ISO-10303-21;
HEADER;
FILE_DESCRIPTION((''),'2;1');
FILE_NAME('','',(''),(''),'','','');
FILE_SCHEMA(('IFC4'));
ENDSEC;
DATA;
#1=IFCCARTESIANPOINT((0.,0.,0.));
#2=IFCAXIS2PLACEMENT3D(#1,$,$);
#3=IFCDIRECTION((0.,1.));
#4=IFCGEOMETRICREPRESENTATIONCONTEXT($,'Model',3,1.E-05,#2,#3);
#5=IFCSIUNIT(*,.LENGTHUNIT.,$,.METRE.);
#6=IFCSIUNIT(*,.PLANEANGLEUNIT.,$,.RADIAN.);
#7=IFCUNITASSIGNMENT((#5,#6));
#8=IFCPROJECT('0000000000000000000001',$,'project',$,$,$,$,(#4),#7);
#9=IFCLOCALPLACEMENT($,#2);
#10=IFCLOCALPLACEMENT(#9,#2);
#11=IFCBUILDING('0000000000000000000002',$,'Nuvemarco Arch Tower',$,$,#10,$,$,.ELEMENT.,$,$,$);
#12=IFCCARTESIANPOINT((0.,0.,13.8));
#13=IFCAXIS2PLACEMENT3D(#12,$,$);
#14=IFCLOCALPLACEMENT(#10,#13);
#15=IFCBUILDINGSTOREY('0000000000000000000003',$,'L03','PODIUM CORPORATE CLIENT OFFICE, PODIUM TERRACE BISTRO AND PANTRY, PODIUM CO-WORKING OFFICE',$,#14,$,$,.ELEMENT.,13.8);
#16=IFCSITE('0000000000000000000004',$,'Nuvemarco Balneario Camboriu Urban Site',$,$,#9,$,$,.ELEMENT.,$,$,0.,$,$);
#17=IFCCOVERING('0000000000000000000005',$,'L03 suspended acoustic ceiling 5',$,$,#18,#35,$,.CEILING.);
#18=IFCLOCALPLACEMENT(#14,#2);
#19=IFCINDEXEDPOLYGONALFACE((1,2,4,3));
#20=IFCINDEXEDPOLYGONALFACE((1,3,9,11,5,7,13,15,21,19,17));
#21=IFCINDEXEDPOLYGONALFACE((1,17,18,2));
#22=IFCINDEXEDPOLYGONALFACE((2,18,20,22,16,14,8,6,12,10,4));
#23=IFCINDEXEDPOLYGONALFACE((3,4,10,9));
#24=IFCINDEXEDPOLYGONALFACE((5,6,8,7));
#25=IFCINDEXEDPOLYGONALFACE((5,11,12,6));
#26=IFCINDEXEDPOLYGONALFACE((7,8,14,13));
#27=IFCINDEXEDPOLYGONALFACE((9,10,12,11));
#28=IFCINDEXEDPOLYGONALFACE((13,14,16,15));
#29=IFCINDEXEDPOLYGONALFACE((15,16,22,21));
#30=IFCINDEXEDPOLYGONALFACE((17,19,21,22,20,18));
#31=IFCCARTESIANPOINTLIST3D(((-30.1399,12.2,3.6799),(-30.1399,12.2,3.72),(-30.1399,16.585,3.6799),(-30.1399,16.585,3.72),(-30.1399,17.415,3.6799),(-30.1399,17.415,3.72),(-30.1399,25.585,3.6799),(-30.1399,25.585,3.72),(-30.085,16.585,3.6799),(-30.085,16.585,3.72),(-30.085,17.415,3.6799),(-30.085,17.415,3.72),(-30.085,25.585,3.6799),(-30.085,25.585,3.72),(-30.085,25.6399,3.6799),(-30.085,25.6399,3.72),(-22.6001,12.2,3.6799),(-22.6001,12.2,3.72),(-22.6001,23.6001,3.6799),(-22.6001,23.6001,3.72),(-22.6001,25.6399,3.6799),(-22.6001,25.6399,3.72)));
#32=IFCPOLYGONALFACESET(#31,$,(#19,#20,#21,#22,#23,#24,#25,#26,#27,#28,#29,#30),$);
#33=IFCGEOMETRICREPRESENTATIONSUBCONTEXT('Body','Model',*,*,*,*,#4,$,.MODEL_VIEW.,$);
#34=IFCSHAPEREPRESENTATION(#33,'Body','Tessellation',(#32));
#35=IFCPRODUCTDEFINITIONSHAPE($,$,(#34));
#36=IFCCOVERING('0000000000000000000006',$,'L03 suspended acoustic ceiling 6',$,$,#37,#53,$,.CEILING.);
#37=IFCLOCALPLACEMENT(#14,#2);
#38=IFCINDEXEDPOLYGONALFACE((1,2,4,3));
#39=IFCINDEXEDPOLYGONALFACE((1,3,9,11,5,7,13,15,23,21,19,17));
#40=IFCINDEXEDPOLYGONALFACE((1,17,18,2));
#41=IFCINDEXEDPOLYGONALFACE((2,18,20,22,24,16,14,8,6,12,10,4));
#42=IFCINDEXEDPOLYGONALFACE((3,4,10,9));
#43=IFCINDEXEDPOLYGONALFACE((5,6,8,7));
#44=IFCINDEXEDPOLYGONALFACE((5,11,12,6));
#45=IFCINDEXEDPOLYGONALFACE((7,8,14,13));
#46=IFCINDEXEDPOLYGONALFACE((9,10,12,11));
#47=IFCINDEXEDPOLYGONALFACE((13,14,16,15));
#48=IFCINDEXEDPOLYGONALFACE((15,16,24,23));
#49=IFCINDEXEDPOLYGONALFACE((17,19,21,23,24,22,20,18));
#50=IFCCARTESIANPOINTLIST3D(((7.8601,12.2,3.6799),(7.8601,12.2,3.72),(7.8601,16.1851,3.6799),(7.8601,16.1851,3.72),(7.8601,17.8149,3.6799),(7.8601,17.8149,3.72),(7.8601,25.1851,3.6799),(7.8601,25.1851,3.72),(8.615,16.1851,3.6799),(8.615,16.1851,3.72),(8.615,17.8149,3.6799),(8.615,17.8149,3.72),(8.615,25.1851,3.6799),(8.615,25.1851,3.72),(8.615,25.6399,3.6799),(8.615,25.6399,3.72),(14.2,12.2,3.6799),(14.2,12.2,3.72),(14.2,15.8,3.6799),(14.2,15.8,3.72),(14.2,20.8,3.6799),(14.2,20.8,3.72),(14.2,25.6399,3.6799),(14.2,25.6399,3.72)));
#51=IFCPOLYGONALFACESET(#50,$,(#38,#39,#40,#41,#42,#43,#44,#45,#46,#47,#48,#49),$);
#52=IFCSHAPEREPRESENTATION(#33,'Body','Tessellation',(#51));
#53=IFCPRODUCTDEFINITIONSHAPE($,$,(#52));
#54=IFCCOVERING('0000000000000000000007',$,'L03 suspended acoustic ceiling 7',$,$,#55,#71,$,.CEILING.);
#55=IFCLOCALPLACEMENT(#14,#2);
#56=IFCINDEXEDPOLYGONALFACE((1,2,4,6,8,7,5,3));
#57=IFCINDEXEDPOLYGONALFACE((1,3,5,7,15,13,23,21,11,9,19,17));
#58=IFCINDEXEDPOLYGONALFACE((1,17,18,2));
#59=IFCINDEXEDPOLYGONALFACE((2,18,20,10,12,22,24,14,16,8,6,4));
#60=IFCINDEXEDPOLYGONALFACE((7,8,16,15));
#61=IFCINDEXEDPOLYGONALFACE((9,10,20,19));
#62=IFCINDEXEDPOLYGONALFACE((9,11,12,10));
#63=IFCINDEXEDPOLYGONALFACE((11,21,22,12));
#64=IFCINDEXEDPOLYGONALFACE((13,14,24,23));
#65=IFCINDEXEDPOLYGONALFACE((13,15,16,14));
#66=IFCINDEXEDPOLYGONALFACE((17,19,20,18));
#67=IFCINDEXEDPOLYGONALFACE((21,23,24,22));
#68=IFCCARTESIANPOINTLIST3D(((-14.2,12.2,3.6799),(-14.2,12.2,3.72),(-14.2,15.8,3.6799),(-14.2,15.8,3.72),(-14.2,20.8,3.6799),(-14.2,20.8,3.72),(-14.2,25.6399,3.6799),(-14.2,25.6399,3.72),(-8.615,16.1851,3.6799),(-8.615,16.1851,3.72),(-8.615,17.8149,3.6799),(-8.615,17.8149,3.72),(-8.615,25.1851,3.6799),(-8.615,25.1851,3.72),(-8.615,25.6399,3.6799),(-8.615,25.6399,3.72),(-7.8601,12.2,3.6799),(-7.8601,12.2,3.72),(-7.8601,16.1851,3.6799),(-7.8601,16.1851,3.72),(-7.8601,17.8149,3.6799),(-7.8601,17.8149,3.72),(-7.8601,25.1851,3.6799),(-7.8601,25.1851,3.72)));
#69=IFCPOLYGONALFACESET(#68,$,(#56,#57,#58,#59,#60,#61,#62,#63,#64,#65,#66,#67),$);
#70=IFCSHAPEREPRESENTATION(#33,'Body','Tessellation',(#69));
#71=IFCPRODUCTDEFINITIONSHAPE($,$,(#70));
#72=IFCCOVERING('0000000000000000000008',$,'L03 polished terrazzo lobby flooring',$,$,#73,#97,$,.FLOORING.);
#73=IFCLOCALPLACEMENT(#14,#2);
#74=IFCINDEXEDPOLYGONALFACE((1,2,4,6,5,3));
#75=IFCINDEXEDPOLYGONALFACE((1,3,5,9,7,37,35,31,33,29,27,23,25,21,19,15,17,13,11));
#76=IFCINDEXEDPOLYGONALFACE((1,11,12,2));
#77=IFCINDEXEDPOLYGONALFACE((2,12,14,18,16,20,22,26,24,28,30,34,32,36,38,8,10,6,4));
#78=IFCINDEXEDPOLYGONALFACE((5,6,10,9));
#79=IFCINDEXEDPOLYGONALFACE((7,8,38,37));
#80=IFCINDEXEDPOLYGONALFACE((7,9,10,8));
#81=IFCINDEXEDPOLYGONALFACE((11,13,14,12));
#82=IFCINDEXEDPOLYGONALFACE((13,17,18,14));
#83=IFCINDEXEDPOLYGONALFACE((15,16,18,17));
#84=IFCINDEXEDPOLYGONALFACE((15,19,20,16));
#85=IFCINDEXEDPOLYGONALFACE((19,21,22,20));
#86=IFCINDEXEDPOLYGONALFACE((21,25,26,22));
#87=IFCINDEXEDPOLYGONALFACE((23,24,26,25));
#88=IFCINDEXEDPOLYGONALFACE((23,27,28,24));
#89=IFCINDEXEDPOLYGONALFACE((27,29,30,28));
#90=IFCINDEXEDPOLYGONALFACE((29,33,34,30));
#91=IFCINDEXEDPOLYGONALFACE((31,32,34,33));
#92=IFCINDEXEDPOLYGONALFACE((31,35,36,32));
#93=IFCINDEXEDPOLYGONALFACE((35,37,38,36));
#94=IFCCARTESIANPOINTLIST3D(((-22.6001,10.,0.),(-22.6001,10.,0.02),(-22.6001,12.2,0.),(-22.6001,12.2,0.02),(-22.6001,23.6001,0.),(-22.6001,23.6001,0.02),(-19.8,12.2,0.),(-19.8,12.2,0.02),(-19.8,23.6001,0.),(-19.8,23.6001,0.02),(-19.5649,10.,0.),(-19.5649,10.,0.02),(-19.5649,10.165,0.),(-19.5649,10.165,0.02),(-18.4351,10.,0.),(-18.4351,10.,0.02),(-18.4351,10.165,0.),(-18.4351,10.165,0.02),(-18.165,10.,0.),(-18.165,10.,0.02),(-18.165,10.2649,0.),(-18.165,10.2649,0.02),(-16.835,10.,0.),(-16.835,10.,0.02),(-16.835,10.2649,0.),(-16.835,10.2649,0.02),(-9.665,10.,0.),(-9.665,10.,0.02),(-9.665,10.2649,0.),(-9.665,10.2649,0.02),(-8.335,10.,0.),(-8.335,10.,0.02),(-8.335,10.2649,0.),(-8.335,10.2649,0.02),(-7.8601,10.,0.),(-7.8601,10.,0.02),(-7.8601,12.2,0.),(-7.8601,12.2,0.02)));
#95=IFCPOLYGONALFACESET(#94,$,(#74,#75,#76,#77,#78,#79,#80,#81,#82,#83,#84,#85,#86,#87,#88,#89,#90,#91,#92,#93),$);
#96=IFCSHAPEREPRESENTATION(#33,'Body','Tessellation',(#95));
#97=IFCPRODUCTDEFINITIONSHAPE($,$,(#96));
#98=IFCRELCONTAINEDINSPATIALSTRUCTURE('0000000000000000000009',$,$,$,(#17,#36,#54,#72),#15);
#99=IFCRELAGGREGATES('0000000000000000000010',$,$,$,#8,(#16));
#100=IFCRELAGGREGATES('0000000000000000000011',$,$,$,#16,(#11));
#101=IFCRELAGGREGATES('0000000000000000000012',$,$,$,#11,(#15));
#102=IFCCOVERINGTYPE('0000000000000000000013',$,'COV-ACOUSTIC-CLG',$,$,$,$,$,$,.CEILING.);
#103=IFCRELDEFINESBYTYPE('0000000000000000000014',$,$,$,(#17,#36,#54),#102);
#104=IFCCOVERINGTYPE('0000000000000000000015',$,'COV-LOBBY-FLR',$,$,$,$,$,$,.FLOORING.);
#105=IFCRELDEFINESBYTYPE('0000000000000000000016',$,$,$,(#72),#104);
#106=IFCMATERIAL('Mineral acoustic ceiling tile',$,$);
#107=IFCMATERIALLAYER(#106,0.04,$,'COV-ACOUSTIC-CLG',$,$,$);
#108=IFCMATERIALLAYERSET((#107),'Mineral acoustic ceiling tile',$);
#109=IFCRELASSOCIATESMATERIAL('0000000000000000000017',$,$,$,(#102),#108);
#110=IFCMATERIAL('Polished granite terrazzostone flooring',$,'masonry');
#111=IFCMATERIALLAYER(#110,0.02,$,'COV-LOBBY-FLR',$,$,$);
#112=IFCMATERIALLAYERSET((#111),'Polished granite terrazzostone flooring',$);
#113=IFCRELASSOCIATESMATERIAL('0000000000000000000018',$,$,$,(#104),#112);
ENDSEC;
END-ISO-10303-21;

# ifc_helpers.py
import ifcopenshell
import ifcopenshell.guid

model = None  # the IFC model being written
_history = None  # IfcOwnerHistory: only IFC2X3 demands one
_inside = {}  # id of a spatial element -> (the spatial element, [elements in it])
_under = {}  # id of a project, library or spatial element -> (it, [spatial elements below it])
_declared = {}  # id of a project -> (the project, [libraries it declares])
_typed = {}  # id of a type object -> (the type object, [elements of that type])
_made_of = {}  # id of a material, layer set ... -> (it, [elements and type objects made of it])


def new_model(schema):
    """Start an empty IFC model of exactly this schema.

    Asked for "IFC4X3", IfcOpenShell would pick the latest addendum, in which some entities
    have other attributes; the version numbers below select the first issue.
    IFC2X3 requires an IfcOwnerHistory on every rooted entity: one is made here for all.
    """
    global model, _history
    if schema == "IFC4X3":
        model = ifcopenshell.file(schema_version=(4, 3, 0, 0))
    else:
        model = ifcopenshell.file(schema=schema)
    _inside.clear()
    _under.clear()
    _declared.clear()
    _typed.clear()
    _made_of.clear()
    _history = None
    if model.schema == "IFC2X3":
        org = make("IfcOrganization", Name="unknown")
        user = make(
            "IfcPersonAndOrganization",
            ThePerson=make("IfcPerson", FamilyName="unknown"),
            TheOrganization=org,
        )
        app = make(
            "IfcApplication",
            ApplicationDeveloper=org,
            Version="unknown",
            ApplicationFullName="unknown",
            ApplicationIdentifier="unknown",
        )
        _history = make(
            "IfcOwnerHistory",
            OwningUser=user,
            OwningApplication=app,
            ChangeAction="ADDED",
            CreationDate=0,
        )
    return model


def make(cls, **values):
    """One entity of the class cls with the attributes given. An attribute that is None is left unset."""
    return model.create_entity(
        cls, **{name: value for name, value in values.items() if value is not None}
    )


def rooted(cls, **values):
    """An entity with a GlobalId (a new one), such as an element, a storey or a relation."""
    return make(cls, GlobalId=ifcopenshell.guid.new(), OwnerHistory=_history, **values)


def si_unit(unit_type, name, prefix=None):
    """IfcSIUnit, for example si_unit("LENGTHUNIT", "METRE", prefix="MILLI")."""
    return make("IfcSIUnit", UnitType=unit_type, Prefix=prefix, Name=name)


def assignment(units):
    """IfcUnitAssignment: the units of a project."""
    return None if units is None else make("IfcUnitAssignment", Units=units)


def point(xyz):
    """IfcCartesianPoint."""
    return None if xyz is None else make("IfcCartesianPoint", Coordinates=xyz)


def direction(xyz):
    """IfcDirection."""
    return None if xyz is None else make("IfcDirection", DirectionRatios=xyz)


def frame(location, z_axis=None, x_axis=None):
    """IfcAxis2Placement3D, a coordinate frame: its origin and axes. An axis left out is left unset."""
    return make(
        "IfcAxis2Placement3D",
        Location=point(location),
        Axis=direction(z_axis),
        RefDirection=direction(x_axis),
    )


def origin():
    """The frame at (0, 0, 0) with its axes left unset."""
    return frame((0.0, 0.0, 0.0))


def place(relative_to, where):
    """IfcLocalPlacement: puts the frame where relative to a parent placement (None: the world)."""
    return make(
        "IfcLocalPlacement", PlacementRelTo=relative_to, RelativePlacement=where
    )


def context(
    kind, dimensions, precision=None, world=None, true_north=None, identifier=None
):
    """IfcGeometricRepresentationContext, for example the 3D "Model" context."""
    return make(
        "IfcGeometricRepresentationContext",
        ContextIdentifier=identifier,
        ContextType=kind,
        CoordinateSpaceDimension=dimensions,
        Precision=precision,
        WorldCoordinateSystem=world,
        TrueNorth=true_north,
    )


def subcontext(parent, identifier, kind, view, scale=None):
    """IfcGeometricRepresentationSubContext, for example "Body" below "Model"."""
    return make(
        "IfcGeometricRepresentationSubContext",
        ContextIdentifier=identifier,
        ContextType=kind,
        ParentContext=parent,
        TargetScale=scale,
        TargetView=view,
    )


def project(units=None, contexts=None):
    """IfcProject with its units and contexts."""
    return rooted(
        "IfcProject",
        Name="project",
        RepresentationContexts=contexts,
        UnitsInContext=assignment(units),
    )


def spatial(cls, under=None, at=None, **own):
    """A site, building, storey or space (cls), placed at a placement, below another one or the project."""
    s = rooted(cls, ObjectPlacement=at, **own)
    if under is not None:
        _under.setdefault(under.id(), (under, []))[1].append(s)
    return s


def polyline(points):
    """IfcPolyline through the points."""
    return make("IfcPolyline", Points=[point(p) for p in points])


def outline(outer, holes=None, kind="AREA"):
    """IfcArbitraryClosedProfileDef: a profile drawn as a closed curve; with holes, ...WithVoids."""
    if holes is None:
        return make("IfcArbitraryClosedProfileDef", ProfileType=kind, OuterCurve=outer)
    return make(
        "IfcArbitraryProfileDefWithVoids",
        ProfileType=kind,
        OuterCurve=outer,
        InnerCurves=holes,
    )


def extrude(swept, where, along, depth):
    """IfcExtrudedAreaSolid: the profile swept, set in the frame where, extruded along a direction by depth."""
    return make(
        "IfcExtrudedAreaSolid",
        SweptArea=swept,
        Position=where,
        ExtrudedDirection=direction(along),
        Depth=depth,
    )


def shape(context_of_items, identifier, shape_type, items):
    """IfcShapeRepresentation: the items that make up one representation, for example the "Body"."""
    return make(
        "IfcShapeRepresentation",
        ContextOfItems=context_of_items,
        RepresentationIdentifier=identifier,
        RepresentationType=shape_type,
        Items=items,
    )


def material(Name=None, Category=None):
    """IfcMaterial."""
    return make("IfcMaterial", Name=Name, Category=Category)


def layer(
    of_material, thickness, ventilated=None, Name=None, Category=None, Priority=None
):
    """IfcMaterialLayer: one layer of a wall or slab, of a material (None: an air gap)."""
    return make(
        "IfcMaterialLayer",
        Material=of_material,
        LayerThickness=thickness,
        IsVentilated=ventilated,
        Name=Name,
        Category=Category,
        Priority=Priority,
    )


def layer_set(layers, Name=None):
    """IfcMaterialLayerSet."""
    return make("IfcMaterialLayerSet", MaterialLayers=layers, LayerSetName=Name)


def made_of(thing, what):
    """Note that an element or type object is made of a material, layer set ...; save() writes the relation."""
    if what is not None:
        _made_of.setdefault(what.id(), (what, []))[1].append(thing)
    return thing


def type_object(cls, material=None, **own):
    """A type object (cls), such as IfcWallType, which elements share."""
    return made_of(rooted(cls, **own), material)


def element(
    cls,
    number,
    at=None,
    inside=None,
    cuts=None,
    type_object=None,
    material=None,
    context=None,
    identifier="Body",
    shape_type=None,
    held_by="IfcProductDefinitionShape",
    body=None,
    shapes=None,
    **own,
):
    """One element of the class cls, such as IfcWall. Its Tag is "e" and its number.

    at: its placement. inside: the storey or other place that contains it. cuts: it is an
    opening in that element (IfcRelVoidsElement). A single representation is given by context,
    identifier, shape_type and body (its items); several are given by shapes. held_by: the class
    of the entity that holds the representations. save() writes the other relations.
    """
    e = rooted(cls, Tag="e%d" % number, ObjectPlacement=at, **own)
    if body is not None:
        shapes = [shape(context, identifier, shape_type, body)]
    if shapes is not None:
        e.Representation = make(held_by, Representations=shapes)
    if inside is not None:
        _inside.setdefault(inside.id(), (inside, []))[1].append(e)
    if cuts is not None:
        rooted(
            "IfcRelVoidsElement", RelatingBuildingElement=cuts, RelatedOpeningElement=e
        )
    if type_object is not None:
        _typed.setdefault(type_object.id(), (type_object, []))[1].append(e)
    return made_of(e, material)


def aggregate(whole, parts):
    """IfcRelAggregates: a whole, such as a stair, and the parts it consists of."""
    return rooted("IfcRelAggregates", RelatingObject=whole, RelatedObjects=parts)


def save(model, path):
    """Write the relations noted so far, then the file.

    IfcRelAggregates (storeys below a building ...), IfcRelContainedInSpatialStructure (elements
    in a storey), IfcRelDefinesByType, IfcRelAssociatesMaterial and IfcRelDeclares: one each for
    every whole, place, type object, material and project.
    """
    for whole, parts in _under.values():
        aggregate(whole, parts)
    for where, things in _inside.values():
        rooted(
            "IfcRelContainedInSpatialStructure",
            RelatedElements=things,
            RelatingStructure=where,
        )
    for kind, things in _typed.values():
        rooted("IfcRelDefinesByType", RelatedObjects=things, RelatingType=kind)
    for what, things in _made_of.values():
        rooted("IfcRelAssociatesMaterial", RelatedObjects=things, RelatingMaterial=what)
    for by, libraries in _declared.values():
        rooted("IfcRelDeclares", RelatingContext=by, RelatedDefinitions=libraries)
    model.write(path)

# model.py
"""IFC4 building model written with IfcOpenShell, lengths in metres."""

from ifc_helpers import new_model, si_unit, direction, frame, origin, place, context, subcontext, project, spatial, polyline, outline, extrude, material, layer, layer_set, type_object, element, save


model = new_model("IFC4")

# Units and contexts
model_context = context("Model", 3, precision=1e-05, world=origin(), true_north=direction((0.0, 1.0)))
body_context = subcontext(model_context, "Body", "Model", "MODEL_VIEW")
ifc_project = project(units=[si_unit("LENGTHUNIT", "METRE"), si_unit("PLANEANGLEUNIT", "RADIAN")], contexts=[model_context])

# Site, building, storey
site_placement = place(None, origin())
site = spatial("IfcSite", under=ifc_project, at=site_placement, Name="Nuvemarco Balneario Camboriu Urban Site", CompositionType="ELEMENT", RefElevation=0.0)
building_placement = place(site_placement, origin())
building = spatial("IfcBuilding", under=site, at=building_placement, Name="Nuvemarco Arch Tower", CompositionType="ELEMENT")
storey_placement = place(building_placement, frame((0.0, 0.0, 13.8)))
storey = spatial("IfcBuildingStorey", under=building, at=storey_placement, Name="L03", Description="PODIUM CORPORATE CLIENT OFFICE, PODIUM TERRACE BISTRO AND PANTRY, PODIUM CO-WORKING OFFICE", CompositionType="ELEMENT", Elevation=13.8)

# Coverings
ifc_material_1 = material(Name="Mineral acoustic ceiling tile")
ifc_layer_1 = layer(ifc_material_1, 0.04, Name="COV-ACOUSTIC-CLG")
ifc_layer_set_1 = layer_set([ifc_layer_1], Name="Mineral acoustic ceiling tile")
covering_type_1 = type_object("IfcCoveringType", Name="COV-ACOUSTIC-CLG", PredefinedType="CEILING", material=ifc_layer_set_1)
covering_1_placement = place(storey_placement, frame((0.0, 0.0, 3.6799)))
element("IfcCovering", 1, at=covering_1_placement, inside=storey, type_object=covering_type_1, Name="L03 suspended acoustic ceiling 5", PredefinedType="CEILING", context=body_context, shape_type="SweptSolid", body=[
    extrude(outline(polyline([(-30.085, 25.585), (-30.085, 25.6399), (-22.6001, 25.6399), (-22.6001, 23.6001), (-22.6001, 12.2), (-30.1399, 12.2), (-30.1399, 16.585), (-30.085, 16.585), (-30.085, 17.415), (-30.1399, 17.415), (-30.1399, 25.585), (-30.085, 25.585)])), origin(), (0.0, 0.0, 1.0), 0.04),
])
covering_2_placement = place(storey_placement, frame((0.0, 0.0, 3.6799)))
element("IfcCovering", 2, at=covering_2_placement, inside=storey, type_object=covering_type_1, Name="L03 suspended acoustic ceiling 6", PredefinedType="CEILING", context=body_context, shape_type="SweptSolid", body=[
    extrude(outline(polyline([(8.615, 25.1851), (8.615, 25.6399), (14.2, 25.6399), (14.2, 20.8), (14.2, 15.8), (14.2, 12.2), (7.8601, 12.2), (7.8601, 16.1851), (8.615, 16.1851), (8.615, 17.8149), (7.8601, 17.8149), (7.8601, 25.1851), (8.615, 25.1851)])), origin(), (0.0, 0.0, 1.0), 0.04),
])
covering_3_placement = place(storey_placement, frame((0.0, 0.0, 3.6799)))
element("IfcCovering", 3, at=covering_3_placement, inside=storey, type_object=covering_type_1, Name="L03 suspended acoustic ceiling 7", PredefinedType="CEILING", context=body_context, shape_type="SweptSolid", body=[
    extrude(outline(polyline([(-8.615, 25.1851), (-7.8601, 25.1851), (-7.8601, 17.8149), (-8.615, 17.8149), (-8.615, 16.1851), (-7.8601, 16.1851), (-7.8601, 12.2), (-14.2, 12.2), (-14.2, 15.8), (-14.2, 20.8), (-14.2, 25.6399), (-8.615, 25.6399), (-8.615, 25.1851)])), origin(), (0.0, 0.0, 1.0), 0.04),
])
ifc_material_2 = material(Name="Polished granite terrazzostone flooring", Category="masonry")
ifc_layer_2 = layer(ifc_material_2, 0.02, Name="COV-LOBBY-FLR")
ifc_layer_set_2 = layer_set([ifc_layer_2], Name="Polished granite terrazzostone flooring")
covering_type_2 = type_object("IfcCoveringType", Name="COV-LOBBY-FLR", PredefinedType="FLOORING", material=ifc_layer_set_2)
covering_4_placement = place(storey_placement, origin())
element("IfcCovering", 4, at=covering_4_placement, inside=storey, type_object=covering_type_2, Name="L03 polished terrazzo lobby flooring", PredefinedType="FLOORING", context=body_context, shape_type="SweptSolid", body=[
    extrude(outline(polyline([(-22.6001, 23.6001), (-19.8, 23.6001), (-19.8, 12.2), (-7.8601, 12.2), (-7.8601, 10.0), (-8.335, 10.0), (-8.335, 10.2649), (-9.665, 10.2649), (-9.665, 10.0), (-16.835, 10.0), (-16.835, 10.2649), (-18.165, 10.2649), (-18.165, 10.0), (-18.4351, 10.0), (-18.4351, 10.165), (-19.5649, 10.165), (-19.5649, 10.0), (-22.6001, 10.0), (-22.6001, 12.2), (-22.6001, 23.6001)])), origin(), (0.0, 0.0, 1.0), 0.02),
])

save(model, "model.ifc")
